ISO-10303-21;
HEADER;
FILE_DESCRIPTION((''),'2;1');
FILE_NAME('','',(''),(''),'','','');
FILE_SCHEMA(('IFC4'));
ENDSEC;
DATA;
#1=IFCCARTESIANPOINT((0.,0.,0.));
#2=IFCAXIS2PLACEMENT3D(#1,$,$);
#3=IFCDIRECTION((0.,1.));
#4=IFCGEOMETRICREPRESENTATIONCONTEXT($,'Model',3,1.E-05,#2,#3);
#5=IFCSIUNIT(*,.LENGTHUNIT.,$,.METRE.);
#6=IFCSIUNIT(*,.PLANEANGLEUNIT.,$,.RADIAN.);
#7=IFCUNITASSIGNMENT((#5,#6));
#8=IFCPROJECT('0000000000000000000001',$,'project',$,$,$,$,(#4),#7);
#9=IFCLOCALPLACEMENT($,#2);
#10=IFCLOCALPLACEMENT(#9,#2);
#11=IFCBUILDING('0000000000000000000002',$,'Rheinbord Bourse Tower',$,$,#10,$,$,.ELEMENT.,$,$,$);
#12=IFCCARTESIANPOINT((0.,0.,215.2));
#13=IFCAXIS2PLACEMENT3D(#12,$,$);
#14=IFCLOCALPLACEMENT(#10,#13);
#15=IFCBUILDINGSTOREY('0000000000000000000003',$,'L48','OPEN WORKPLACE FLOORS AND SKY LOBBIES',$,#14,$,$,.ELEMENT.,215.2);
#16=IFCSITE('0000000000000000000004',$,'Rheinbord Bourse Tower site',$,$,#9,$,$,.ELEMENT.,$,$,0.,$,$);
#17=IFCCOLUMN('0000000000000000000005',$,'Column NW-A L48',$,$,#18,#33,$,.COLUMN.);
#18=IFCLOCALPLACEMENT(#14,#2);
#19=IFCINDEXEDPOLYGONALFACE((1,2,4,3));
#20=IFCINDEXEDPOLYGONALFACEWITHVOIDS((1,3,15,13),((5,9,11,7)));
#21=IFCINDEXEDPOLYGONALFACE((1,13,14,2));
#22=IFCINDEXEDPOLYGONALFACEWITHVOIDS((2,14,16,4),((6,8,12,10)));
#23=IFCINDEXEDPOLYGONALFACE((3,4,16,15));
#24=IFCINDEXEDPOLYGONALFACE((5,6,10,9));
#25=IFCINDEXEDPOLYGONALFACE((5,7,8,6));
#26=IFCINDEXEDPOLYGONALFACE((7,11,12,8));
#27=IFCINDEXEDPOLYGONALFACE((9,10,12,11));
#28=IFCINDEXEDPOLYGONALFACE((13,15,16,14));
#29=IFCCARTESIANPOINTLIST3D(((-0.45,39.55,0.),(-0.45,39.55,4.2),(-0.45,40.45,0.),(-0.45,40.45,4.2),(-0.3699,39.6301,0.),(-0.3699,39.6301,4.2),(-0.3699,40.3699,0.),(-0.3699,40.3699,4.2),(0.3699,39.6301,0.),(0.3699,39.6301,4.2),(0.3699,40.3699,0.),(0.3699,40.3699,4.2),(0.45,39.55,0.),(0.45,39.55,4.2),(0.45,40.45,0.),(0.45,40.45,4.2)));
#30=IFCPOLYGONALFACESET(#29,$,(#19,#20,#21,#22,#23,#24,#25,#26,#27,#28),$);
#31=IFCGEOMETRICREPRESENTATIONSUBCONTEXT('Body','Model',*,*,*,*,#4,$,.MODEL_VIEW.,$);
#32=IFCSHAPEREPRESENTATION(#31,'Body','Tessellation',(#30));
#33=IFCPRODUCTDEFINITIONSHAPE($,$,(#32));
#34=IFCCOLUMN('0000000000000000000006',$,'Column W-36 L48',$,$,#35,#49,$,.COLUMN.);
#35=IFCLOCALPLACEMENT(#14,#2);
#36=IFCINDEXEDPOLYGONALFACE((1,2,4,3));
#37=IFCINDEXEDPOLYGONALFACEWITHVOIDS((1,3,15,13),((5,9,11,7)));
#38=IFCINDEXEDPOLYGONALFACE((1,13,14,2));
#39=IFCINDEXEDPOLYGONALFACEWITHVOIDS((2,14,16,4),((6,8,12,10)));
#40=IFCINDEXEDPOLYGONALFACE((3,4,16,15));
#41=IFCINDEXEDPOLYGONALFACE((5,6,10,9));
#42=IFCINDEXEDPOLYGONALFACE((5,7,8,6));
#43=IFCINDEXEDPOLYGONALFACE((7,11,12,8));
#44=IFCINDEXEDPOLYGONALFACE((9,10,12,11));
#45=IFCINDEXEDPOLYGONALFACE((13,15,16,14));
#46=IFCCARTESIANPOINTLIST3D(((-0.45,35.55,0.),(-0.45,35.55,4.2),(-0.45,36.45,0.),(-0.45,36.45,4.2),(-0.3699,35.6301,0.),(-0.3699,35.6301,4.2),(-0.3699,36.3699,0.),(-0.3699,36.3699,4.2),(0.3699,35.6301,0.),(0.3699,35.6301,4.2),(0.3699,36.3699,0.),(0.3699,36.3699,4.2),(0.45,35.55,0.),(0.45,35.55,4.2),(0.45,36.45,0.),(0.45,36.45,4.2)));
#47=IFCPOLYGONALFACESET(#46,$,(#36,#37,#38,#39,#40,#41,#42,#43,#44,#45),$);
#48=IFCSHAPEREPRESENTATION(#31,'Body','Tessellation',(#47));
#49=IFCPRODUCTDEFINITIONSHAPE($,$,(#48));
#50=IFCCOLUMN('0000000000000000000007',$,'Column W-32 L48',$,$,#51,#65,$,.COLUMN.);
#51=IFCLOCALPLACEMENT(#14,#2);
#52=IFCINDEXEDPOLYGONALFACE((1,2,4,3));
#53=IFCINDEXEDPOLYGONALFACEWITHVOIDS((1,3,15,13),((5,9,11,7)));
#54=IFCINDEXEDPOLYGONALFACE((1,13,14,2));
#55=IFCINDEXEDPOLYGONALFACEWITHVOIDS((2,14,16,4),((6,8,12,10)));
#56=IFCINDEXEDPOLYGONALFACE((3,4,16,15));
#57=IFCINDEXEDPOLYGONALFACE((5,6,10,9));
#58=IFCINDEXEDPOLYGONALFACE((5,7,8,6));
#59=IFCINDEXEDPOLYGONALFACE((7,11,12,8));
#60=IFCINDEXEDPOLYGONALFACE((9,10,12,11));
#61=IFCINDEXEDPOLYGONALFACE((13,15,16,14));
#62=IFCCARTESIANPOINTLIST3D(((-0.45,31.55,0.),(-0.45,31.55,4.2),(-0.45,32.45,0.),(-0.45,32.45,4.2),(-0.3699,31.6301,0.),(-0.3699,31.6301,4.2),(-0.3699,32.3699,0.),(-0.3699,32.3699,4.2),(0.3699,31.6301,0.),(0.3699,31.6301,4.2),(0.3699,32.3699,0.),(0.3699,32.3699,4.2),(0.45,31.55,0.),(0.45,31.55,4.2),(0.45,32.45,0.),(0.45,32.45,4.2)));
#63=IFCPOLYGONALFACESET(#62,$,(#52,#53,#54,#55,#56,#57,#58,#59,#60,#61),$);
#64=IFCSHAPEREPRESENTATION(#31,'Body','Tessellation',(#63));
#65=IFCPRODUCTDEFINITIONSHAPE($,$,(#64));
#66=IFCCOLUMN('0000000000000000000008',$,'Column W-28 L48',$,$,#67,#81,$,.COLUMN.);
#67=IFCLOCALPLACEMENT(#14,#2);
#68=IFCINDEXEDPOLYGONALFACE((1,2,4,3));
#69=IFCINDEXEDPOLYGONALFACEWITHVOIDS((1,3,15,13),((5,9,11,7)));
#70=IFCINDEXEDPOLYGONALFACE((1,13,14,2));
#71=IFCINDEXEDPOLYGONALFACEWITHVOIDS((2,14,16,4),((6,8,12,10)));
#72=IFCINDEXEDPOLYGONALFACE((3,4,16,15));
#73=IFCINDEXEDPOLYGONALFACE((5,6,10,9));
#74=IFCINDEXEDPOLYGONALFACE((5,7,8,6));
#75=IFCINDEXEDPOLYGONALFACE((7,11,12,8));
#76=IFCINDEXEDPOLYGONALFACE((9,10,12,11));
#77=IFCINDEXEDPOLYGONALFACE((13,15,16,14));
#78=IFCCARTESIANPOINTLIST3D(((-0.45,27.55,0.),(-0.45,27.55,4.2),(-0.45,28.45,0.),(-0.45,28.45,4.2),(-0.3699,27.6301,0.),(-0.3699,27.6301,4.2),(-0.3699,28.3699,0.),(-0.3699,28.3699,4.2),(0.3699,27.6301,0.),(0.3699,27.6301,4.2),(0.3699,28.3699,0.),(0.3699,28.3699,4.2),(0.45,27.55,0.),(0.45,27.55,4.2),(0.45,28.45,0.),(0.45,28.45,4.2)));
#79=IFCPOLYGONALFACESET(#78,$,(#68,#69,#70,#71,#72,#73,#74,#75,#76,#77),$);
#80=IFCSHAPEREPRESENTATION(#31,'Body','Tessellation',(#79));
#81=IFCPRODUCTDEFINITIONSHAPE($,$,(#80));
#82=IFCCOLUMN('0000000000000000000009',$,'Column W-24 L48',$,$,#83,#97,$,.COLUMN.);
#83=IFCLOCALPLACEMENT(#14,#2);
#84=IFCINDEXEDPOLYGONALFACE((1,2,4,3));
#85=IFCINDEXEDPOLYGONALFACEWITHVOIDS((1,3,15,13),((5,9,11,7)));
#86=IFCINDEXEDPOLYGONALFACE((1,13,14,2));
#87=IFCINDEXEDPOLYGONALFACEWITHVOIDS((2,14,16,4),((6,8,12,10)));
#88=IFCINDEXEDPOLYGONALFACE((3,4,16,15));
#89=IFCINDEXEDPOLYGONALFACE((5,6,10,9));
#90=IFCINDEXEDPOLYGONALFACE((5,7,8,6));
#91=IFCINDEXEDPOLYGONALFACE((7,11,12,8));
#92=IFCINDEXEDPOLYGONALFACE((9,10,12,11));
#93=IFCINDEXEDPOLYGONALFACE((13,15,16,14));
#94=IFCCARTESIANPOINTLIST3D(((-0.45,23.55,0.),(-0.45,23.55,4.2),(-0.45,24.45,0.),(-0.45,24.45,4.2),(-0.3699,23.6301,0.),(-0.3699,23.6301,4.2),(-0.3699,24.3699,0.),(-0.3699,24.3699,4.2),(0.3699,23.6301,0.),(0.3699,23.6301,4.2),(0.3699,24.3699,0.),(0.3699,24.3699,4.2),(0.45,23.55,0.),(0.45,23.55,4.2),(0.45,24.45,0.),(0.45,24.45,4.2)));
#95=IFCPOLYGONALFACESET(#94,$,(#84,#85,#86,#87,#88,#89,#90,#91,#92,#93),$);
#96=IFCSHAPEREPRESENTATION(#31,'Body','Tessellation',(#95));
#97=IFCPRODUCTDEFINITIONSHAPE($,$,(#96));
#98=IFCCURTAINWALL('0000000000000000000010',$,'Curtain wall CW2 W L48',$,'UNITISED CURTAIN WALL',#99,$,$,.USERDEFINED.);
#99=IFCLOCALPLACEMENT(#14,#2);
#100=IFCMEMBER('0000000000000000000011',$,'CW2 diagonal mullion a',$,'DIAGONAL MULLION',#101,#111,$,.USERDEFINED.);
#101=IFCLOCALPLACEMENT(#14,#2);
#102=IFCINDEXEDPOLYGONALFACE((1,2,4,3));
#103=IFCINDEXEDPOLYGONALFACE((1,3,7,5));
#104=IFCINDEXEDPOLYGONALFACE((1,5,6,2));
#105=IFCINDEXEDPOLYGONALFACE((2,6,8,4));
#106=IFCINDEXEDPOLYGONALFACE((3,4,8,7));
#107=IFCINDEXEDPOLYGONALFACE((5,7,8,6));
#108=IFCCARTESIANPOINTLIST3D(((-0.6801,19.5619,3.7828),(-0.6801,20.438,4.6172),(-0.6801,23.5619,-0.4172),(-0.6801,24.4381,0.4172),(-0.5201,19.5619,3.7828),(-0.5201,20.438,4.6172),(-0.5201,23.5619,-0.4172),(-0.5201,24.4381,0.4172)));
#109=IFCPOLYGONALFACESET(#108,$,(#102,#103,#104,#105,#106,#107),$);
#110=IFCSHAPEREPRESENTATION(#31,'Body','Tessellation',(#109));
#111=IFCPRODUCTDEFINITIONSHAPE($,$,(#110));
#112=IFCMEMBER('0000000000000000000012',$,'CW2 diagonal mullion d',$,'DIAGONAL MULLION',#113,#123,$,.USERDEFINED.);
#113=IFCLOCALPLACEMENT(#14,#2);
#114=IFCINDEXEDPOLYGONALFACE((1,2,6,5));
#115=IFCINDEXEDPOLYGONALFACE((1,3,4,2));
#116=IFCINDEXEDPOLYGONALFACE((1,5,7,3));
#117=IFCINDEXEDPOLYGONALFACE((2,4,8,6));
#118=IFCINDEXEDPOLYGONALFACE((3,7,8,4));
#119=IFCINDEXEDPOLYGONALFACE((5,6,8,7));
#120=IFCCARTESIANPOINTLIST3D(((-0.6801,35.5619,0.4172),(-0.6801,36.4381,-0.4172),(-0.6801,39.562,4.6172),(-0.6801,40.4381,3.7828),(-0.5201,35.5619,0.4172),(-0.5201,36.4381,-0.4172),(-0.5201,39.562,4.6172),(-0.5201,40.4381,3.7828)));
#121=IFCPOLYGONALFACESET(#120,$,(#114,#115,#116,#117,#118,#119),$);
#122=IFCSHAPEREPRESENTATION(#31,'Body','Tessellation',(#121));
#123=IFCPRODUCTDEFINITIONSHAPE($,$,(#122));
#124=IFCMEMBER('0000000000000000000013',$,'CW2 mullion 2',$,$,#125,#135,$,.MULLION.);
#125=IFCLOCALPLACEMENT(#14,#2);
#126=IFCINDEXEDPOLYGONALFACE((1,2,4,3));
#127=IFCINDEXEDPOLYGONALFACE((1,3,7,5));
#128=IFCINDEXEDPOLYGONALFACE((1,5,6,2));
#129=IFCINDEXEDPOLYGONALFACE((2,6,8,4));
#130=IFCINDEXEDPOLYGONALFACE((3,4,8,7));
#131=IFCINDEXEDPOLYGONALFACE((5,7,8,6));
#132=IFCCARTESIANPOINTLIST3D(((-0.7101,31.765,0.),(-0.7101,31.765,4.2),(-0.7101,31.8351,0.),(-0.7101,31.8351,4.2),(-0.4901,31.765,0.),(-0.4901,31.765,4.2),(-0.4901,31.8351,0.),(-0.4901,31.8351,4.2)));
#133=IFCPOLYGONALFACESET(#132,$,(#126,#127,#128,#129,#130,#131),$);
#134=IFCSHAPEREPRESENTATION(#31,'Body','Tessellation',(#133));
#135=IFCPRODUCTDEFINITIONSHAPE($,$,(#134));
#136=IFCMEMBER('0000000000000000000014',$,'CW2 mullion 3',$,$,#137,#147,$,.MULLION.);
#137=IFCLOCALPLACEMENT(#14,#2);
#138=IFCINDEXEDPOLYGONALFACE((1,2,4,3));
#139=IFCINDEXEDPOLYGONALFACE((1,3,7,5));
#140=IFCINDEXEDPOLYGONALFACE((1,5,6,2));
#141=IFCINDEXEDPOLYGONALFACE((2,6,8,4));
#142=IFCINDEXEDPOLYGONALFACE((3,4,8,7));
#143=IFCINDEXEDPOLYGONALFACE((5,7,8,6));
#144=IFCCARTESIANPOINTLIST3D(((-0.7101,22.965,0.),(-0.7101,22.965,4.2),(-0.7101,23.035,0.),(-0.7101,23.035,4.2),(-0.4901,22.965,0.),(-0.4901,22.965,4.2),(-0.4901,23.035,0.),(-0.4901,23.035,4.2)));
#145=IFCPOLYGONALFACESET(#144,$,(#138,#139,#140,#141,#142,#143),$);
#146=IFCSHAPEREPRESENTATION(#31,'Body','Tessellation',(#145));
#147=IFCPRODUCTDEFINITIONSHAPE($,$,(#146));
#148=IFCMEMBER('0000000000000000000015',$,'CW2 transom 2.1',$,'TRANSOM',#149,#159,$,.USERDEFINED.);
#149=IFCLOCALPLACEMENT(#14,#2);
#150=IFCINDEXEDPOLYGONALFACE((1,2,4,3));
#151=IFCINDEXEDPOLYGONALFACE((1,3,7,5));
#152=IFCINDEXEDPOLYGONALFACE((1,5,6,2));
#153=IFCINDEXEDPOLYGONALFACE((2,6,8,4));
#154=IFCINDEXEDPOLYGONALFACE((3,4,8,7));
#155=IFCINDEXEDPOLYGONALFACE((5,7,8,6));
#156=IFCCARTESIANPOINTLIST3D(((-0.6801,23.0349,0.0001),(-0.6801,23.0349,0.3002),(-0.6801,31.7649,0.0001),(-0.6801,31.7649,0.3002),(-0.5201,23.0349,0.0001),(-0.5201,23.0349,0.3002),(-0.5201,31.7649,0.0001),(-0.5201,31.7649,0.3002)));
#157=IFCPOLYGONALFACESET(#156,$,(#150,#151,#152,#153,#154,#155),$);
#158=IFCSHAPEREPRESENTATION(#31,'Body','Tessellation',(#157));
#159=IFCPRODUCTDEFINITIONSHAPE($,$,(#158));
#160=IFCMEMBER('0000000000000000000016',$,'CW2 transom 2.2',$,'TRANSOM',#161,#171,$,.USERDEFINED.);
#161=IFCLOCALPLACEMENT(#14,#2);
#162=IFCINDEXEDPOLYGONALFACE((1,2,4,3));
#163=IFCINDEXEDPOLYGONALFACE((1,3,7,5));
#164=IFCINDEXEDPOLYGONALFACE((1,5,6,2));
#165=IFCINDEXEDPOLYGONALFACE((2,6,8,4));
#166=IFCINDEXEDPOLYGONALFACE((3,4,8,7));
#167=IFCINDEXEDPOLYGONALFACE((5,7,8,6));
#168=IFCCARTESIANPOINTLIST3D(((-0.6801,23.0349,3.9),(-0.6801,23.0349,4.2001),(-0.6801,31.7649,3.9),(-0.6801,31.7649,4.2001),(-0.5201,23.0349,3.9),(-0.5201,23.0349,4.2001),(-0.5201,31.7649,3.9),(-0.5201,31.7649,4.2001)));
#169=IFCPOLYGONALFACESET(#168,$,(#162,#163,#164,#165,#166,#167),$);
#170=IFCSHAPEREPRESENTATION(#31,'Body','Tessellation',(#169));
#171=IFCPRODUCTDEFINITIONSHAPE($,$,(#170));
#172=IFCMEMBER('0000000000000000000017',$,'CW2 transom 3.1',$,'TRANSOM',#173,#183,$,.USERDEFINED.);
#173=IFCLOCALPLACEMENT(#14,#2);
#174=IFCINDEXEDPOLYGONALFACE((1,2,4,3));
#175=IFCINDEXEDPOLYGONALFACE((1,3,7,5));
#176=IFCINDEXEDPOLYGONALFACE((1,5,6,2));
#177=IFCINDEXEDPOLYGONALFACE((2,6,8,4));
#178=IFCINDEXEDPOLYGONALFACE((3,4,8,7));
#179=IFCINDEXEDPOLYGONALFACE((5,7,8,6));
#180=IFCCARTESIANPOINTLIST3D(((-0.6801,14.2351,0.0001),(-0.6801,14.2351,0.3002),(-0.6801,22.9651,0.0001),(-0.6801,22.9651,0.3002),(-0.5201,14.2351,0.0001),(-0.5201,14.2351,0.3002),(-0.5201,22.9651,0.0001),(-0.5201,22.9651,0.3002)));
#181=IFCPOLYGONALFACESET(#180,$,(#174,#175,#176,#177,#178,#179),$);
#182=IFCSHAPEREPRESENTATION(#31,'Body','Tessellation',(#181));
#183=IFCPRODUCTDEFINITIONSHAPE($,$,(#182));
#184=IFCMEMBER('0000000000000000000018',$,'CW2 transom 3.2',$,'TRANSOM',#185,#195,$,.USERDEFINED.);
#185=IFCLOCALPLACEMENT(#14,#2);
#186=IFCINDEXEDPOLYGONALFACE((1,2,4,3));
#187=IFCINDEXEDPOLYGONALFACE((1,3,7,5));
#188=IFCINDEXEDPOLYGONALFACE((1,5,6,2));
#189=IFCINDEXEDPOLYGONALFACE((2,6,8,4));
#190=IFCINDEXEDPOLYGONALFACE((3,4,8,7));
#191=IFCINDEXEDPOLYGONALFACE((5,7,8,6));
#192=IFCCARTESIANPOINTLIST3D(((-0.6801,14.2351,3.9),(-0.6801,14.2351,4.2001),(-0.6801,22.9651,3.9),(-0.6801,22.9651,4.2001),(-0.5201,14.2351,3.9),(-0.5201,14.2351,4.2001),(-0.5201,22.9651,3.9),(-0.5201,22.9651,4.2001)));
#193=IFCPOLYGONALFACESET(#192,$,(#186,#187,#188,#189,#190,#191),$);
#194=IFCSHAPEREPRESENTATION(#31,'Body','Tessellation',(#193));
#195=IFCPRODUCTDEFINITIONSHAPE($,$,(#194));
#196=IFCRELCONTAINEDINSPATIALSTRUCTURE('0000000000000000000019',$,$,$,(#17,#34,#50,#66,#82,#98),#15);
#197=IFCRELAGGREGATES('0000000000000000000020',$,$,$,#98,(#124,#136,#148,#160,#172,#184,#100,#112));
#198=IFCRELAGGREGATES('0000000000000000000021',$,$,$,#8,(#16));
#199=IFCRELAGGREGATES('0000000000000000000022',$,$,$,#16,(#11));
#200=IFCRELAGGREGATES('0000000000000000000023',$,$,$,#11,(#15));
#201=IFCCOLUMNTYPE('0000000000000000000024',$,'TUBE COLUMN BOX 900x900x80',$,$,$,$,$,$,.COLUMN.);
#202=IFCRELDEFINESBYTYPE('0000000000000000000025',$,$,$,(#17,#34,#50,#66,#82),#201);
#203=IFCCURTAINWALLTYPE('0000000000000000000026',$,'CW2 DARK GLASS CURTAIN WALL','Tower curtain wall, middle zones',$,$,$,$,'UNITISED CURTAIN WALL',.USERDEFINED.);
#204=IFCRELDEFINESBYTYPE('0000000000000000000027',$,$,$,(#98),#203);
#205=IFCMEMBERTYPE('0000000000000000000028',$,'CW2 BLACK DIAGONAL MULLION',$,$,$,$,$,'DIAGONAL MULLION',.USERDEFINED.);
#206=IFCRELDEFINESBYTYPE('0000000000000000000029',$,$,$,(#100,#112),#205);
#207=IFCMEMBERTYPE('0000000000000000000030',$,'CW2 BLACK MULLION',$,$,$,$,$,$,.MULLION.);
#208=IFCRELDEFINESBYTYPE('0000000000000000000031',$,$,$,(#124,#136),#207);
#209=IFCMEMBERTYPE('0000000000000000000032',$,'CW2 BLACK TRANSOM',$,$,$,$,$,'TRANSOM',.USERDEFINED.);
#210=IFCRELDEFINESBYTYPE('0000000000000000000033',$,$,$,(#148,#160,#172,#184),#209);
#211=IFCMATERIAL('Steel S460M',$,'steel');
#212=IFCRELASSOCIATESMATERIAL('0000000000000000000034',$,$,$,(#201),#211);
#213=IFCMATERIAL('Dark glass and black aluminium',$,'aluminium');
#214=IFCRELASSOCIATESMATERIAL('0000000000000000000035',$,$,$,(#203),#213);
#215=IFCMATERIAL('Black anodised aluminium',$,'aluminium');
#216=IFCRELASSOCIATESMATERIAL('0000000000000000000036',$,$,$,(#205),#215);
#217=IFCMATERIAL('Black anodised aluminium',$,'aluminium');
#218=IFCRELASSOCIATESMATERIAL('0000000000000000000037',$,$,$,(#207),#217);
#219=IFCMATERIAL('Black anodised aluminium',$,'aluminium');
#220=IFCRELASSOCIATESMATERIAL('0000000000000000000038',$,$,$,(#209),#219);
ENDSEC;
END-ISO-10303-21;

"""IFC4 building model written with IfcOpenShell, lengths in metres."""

from ifc_helpers import new_model, si_unit, direction, frame, origin, origin_2d, place, context, subcontext, project, spatial, rectangle, hollow_rectangle, extrude, material, material_profile, profile_set, type_object, element, aggregate, save


model = new_model("IFC4")

# Units and contexts
model_context = context("Model", 3, precision=1e-05, world=origin(), true_north=direction((0.0, 1.0)))
body_context = subcontext(model_context, "Body", "Model", "MODEL_VIEW")
ifc_project = project(units=[si_unit("LENGTHUNIT", "METRE"), si_unit("PLANEANGLEUNIT", "RADIAN")], contexts=[model_context])

# Site, building, storey
site_placement = place(None, origin())
site = spatial("IfcSite", under=ifc_project, at=site_placement, Name="Rheinbord Bourse Tower site", CompositionType="ELEMENT", RefElevation=0.0)
building_placement = place(site_placement, origin())
building = spatial("IfcBuilding", under=site, at=building_placement, Name="Rheinbord Bourse Tower", CompositionType="ELEMENT")
storey_placement = place(building_placement, frame((0.0, 0.0, 215.2)))
storey = spatial("IfcBuildingStorey", under=building, at=storey_placement, Name="L48", Description="OPEN WORKPLACE FLOORS AND SKY LOBBIES", CompositionType="ELEMENT", Elevation=215.2)

# Columns
ifc_material_1 = material(Name="Steel S460M", Category="steel")
ifc_material_profile_1 = material_profile(ifc_material_1, hollow_rectangle(XDim=0.8999, YDim=0.8999, WallThickness=0.0801, at=origin_2d()), Name="BOX 900x900x80")
ifc_profile_set_1 = profile_set([ifc_material_profile_1], Name="Steel S460M")
column_type = type_object("IfcColumnType", Name="TUBE COLUMN BOX 900x900x80", PredefinedType="COLUMN", material=ifc_profile_set_1)
for number, where, z_axis, x_axis, name in (
    (1, (0.0, 40.0, 0.0), (0.0, 0.0, 1.0), (1.0, 0.0, 0.0), "Column NW-A L48"),
    (2, (0.0, 36.0, 0.0), (0.0, 0.0, 1.0), (1.0, 0.0, 0.0), "Column W-36 L48"),
    (3, (0.0, 32.0, 0.0), (0.0, 0.0, 1.0), (1.0, 0.0, 0.0), "Column W-32 L48"),
    (4, (0.0, 28.0, 0.0), (0.0, 0.0, 1.0), (1.0, 0.0, 0.0), "Column W-28 L48"),
    (5, (0.0, 24.0, 0.0), (0.0, 0.0, 1.0), (1.0, 0.0, 0.0), "Column W-24 L48"),
):
    element("IfcColumn", number, at=place(storey_placement, frame(where, z_axis=z_axis, x_axis=x_axis)), inside=storey, type_object=column_type, Name=name, PredefinedType="COLUMN", context=body_context, shape_type="SweptSolid", body=[
        extrude(hollow_rectangle(XDim=0.8999, YDim=0.8999, WallThickness=0.0801, at=origin_2d()), origin(), (0.0, 0.0, 1.0), 4.2),
    ])

# Curtain wall, members
ifc_material_2 = material(Name="Dark glass and black aluminium", Category="aluminium")
curtain_wall_type = type_object("IfcCurtainWallType", Name="CW2 DARK GLASS CURTAIN WALL", Description="Tower curtain wall, middle zones", ElementType="UNITISED CURTAIN WALL", PredefinedType="USERDEFINED", material=ifc_material_2)
curtain_wall_placement = place(storey_placement, origin())
curtain_wall = element("IfcCurtainWall", 6, at=curtain_wall_placement, inside=storey, type_object=curtain_wall_type, Name="Curtain wall CW2 W L48", ObjectType="UNITISED CURTAIN WALL", PredefinedType="USERDEFINED")
ifc_material_3 = material(Name="Black anodised aluminium", Category="aluminium")
ifc_material_profile_2 = material_profile(ifc_material_3, rectangle(XDim=0.1599, YDim=1.21, at=origin_2d()), Name="CW2 DIAGONAL MULLION 1210x160")
ifc_profile_set_2 = profile_set([ifc_material_profile_2], Name="Black anodised aluminium")
member_type_1 = type_object("IfcMemberType", Name="CW2 BLACK DIAGONAL MULLION", ElementType="DIAGONAL MULLION", PredefinedType="USERDEFINED", material=ifc_profile_set_2)
member_1_placement = place(storey_placement, frame((-0.6001, 24.0, 0.0), z_axis=(0.0, -0.689659, 0.724134), x_axis=(1.0, 0.0, 0.0)))
member_1 = element("IfcMember", 7, at=member_1_placement, type_object=member_type_1, Name="CW2 diagonal mullion a", ObjectType="DIAGONAL MULLION", PredefinedType="USERDEFINED", context=body_context, shape_type="SweptSolid", body=[
    extrude(rectangle(XDim=0.1599, YDim=1.21, at=origin_2d()), origin(), (0.0, 0.0, 1.0), 5.8),
])
member_2_placement = place(storey_placement, frame((-0.6001, 36.0, 0.0), z_axis=(0.0, 0.689659, 0.724134), x_axis=(-1.0, 0.0, 0.0)))
member_2 = element("IfcMember", 8, at=member_2_placement, type_object=member_type_1, Name="CW2 diagonal mullion d", ObjectType="DIAGONAL MULLION", PredefinedType="USERDEFINED", context=body_context, shape_type="SweptSolid", body=[
    extrude(rectangle(XDim=0.1599, YDim=1.21, at=origin_2d()), origin(), (0.0, 0.0, 1.0), 5.8),
])
ifc_material_4 = material(Name="Black anodised aluminium", Category="aluminium")
ifc_material_profile_3 = material_profile(ifc_material_4, rectangle(XDim=0.22, YDim=0.0701, at=origin_2d()), Name="CW2 MULLION 70x220")
ifc_profile_set_3 = profile_set([ifc_material_profile_3], Name="Black anodised aluminium")
member_type_2 = type_object("IfcMemberType", Name="CW2 BLACK MULLION", PredefinedType="MULLION", material=ifc_profile_set_3)
member_3_placement = place(storey_placement, frame((-0.6001, 31.8, 0.0), z_axis=(0.0, 0.0, 1.0), x_axis=(1.0, 0.0, 0.0)))
member_3 = element("IfcMember", 9, at=member_3_placement, type_object=member_type_2, Name="CW2 mullion 2", PredefinedType="MULLION", context=body_context, shape_type="SweptSolid", body=[
    extrude(rectangle(XDim=0.22, YDim=0.0701, at=origin_2d()), origin(), (0.0, 0.0, 1.0), 4.2),
])
member_4_placement = place(storey_placement, frame((-0.6001, 23.0, 0.0), z_axis=(0.0, 0.0, 1.0), x_axis=(1.0, 0.0, 0.0)))
member_4 = element("IfcMember", 10, at=member_4_placement, type_object=member_type_2, Name="CW2 mullion 3", PredefinedType="MULLION", context=body_context, shape_type="SweptSolid", body=[
    extrude(rectangle(XDim=0.22, YDim=0.0701, at=origin_2d()), origin(), (0.0, 0.0, 1.0), 4.2),
])
ifc_material_5 = material(Name="Black anodised aluminium", Category="aluminium")
ifc_material_profile_4 = material_profile(ifc_material_5, rectangle(XDim=0.1599, YDim=0.3, at=origin_2d()), Name="CW2 TRANSOM 300x160")
ifc_profile_set_4 = profile_set([ifc_material_profile_4], Name="Black anodised aluminium")
member_type_3 = type_object("IfcMemberType", Name="CW2 BLACK TRANSOM", ElementType="TRANSOM", PredefinedType="USERDEFINED", material=ifc_profile_set_4)
member_5_placement = place(storey_placement, frame((-0.6001, 31.7649, 0.1501), z_axis=(0.0, -1.0, 0.0), x_axis=(1.0, 0.0, 0.0)))
member_5 = element("IfcMember", 11, at=member_5_placement, type_object=member_type_3, Name="CW2 transom 2.1", ObjectType="TRANSOM", PredefinedType="USERDEFINED", context=body_context, shape_type="SweptSolid", body=[
    extrude(rectangle(XDim=0.1599, YDim=0.3, at=origin_2d()), origin(), (0.0, 0.0, 1.0), 8.73),
])
member_6_placement = place(storey_placement, frame((-0.6001, 31.7649, 4.05), z_axis=(0.0, -1.0, 0.0), x_axis=(1.0, 0.0, 0.0)))
member_6 = element("IfcMember", 12, at=member_6_placement, type_object=member_type_3, Name="CW2 transom 2.2", ObjectType="TRANSOM", PredefinedType="USERDEFINED", context=body_context, shape_type="SweptSolid", body=[
    extrude(rectangle(XDim=0.1599, YDim=0.3, at=origin_2d()), origin(), (0.0, 0.0, 1.0), 8.73),
])
member_7_placement = place(storey_placement, frame((-0.6001, 22.9651, 0.1501), z_axis=(0.0, -1.0, 0.0), x_axis=(1.0, 0.0, 0.0)))
member_7 = element("IfcMember", 13, at=member_7_placement, type_object=member_type_3, Name="CW2 transom 3.1", ObjectType="TRANSOM", PredefinedType="USERDEFINED", context=body_context, shape_type="SweptSolid", body=[
    extrude(rectangle(XDim=0.1599, YDim=0.3, at=origin_2d()), origin(), (0.0, 0.0, 1.0), 8.73),
])
member_8_placement = place(storey_placement, frame((-0.6001, 22.9651, 4.05), z_axis=(0.0, -1.0, 0.0), x_axis=(1.0, 0.0, 0.0)))
member_8 = element("IfcMember", 14, at=member_8_placement, type_object=member_type_3, Name="CW2 transom 3.2", ObjectType="TRANSOM", PredefinedType="USERDEFINED", context=body_context, shape_type="SweptSolid", body=[
    extrude(rectangle(XDim=0.1599, YDim=0.3, at=origin_2d()), origin(), (0.0, 0.0, 1.0), 8.73),
])

aggregate(curtain_wall, [member_3, member_4, member_5, member_6, member_7, member_8, member_1, member_2])

save(model, "model.ifc")
